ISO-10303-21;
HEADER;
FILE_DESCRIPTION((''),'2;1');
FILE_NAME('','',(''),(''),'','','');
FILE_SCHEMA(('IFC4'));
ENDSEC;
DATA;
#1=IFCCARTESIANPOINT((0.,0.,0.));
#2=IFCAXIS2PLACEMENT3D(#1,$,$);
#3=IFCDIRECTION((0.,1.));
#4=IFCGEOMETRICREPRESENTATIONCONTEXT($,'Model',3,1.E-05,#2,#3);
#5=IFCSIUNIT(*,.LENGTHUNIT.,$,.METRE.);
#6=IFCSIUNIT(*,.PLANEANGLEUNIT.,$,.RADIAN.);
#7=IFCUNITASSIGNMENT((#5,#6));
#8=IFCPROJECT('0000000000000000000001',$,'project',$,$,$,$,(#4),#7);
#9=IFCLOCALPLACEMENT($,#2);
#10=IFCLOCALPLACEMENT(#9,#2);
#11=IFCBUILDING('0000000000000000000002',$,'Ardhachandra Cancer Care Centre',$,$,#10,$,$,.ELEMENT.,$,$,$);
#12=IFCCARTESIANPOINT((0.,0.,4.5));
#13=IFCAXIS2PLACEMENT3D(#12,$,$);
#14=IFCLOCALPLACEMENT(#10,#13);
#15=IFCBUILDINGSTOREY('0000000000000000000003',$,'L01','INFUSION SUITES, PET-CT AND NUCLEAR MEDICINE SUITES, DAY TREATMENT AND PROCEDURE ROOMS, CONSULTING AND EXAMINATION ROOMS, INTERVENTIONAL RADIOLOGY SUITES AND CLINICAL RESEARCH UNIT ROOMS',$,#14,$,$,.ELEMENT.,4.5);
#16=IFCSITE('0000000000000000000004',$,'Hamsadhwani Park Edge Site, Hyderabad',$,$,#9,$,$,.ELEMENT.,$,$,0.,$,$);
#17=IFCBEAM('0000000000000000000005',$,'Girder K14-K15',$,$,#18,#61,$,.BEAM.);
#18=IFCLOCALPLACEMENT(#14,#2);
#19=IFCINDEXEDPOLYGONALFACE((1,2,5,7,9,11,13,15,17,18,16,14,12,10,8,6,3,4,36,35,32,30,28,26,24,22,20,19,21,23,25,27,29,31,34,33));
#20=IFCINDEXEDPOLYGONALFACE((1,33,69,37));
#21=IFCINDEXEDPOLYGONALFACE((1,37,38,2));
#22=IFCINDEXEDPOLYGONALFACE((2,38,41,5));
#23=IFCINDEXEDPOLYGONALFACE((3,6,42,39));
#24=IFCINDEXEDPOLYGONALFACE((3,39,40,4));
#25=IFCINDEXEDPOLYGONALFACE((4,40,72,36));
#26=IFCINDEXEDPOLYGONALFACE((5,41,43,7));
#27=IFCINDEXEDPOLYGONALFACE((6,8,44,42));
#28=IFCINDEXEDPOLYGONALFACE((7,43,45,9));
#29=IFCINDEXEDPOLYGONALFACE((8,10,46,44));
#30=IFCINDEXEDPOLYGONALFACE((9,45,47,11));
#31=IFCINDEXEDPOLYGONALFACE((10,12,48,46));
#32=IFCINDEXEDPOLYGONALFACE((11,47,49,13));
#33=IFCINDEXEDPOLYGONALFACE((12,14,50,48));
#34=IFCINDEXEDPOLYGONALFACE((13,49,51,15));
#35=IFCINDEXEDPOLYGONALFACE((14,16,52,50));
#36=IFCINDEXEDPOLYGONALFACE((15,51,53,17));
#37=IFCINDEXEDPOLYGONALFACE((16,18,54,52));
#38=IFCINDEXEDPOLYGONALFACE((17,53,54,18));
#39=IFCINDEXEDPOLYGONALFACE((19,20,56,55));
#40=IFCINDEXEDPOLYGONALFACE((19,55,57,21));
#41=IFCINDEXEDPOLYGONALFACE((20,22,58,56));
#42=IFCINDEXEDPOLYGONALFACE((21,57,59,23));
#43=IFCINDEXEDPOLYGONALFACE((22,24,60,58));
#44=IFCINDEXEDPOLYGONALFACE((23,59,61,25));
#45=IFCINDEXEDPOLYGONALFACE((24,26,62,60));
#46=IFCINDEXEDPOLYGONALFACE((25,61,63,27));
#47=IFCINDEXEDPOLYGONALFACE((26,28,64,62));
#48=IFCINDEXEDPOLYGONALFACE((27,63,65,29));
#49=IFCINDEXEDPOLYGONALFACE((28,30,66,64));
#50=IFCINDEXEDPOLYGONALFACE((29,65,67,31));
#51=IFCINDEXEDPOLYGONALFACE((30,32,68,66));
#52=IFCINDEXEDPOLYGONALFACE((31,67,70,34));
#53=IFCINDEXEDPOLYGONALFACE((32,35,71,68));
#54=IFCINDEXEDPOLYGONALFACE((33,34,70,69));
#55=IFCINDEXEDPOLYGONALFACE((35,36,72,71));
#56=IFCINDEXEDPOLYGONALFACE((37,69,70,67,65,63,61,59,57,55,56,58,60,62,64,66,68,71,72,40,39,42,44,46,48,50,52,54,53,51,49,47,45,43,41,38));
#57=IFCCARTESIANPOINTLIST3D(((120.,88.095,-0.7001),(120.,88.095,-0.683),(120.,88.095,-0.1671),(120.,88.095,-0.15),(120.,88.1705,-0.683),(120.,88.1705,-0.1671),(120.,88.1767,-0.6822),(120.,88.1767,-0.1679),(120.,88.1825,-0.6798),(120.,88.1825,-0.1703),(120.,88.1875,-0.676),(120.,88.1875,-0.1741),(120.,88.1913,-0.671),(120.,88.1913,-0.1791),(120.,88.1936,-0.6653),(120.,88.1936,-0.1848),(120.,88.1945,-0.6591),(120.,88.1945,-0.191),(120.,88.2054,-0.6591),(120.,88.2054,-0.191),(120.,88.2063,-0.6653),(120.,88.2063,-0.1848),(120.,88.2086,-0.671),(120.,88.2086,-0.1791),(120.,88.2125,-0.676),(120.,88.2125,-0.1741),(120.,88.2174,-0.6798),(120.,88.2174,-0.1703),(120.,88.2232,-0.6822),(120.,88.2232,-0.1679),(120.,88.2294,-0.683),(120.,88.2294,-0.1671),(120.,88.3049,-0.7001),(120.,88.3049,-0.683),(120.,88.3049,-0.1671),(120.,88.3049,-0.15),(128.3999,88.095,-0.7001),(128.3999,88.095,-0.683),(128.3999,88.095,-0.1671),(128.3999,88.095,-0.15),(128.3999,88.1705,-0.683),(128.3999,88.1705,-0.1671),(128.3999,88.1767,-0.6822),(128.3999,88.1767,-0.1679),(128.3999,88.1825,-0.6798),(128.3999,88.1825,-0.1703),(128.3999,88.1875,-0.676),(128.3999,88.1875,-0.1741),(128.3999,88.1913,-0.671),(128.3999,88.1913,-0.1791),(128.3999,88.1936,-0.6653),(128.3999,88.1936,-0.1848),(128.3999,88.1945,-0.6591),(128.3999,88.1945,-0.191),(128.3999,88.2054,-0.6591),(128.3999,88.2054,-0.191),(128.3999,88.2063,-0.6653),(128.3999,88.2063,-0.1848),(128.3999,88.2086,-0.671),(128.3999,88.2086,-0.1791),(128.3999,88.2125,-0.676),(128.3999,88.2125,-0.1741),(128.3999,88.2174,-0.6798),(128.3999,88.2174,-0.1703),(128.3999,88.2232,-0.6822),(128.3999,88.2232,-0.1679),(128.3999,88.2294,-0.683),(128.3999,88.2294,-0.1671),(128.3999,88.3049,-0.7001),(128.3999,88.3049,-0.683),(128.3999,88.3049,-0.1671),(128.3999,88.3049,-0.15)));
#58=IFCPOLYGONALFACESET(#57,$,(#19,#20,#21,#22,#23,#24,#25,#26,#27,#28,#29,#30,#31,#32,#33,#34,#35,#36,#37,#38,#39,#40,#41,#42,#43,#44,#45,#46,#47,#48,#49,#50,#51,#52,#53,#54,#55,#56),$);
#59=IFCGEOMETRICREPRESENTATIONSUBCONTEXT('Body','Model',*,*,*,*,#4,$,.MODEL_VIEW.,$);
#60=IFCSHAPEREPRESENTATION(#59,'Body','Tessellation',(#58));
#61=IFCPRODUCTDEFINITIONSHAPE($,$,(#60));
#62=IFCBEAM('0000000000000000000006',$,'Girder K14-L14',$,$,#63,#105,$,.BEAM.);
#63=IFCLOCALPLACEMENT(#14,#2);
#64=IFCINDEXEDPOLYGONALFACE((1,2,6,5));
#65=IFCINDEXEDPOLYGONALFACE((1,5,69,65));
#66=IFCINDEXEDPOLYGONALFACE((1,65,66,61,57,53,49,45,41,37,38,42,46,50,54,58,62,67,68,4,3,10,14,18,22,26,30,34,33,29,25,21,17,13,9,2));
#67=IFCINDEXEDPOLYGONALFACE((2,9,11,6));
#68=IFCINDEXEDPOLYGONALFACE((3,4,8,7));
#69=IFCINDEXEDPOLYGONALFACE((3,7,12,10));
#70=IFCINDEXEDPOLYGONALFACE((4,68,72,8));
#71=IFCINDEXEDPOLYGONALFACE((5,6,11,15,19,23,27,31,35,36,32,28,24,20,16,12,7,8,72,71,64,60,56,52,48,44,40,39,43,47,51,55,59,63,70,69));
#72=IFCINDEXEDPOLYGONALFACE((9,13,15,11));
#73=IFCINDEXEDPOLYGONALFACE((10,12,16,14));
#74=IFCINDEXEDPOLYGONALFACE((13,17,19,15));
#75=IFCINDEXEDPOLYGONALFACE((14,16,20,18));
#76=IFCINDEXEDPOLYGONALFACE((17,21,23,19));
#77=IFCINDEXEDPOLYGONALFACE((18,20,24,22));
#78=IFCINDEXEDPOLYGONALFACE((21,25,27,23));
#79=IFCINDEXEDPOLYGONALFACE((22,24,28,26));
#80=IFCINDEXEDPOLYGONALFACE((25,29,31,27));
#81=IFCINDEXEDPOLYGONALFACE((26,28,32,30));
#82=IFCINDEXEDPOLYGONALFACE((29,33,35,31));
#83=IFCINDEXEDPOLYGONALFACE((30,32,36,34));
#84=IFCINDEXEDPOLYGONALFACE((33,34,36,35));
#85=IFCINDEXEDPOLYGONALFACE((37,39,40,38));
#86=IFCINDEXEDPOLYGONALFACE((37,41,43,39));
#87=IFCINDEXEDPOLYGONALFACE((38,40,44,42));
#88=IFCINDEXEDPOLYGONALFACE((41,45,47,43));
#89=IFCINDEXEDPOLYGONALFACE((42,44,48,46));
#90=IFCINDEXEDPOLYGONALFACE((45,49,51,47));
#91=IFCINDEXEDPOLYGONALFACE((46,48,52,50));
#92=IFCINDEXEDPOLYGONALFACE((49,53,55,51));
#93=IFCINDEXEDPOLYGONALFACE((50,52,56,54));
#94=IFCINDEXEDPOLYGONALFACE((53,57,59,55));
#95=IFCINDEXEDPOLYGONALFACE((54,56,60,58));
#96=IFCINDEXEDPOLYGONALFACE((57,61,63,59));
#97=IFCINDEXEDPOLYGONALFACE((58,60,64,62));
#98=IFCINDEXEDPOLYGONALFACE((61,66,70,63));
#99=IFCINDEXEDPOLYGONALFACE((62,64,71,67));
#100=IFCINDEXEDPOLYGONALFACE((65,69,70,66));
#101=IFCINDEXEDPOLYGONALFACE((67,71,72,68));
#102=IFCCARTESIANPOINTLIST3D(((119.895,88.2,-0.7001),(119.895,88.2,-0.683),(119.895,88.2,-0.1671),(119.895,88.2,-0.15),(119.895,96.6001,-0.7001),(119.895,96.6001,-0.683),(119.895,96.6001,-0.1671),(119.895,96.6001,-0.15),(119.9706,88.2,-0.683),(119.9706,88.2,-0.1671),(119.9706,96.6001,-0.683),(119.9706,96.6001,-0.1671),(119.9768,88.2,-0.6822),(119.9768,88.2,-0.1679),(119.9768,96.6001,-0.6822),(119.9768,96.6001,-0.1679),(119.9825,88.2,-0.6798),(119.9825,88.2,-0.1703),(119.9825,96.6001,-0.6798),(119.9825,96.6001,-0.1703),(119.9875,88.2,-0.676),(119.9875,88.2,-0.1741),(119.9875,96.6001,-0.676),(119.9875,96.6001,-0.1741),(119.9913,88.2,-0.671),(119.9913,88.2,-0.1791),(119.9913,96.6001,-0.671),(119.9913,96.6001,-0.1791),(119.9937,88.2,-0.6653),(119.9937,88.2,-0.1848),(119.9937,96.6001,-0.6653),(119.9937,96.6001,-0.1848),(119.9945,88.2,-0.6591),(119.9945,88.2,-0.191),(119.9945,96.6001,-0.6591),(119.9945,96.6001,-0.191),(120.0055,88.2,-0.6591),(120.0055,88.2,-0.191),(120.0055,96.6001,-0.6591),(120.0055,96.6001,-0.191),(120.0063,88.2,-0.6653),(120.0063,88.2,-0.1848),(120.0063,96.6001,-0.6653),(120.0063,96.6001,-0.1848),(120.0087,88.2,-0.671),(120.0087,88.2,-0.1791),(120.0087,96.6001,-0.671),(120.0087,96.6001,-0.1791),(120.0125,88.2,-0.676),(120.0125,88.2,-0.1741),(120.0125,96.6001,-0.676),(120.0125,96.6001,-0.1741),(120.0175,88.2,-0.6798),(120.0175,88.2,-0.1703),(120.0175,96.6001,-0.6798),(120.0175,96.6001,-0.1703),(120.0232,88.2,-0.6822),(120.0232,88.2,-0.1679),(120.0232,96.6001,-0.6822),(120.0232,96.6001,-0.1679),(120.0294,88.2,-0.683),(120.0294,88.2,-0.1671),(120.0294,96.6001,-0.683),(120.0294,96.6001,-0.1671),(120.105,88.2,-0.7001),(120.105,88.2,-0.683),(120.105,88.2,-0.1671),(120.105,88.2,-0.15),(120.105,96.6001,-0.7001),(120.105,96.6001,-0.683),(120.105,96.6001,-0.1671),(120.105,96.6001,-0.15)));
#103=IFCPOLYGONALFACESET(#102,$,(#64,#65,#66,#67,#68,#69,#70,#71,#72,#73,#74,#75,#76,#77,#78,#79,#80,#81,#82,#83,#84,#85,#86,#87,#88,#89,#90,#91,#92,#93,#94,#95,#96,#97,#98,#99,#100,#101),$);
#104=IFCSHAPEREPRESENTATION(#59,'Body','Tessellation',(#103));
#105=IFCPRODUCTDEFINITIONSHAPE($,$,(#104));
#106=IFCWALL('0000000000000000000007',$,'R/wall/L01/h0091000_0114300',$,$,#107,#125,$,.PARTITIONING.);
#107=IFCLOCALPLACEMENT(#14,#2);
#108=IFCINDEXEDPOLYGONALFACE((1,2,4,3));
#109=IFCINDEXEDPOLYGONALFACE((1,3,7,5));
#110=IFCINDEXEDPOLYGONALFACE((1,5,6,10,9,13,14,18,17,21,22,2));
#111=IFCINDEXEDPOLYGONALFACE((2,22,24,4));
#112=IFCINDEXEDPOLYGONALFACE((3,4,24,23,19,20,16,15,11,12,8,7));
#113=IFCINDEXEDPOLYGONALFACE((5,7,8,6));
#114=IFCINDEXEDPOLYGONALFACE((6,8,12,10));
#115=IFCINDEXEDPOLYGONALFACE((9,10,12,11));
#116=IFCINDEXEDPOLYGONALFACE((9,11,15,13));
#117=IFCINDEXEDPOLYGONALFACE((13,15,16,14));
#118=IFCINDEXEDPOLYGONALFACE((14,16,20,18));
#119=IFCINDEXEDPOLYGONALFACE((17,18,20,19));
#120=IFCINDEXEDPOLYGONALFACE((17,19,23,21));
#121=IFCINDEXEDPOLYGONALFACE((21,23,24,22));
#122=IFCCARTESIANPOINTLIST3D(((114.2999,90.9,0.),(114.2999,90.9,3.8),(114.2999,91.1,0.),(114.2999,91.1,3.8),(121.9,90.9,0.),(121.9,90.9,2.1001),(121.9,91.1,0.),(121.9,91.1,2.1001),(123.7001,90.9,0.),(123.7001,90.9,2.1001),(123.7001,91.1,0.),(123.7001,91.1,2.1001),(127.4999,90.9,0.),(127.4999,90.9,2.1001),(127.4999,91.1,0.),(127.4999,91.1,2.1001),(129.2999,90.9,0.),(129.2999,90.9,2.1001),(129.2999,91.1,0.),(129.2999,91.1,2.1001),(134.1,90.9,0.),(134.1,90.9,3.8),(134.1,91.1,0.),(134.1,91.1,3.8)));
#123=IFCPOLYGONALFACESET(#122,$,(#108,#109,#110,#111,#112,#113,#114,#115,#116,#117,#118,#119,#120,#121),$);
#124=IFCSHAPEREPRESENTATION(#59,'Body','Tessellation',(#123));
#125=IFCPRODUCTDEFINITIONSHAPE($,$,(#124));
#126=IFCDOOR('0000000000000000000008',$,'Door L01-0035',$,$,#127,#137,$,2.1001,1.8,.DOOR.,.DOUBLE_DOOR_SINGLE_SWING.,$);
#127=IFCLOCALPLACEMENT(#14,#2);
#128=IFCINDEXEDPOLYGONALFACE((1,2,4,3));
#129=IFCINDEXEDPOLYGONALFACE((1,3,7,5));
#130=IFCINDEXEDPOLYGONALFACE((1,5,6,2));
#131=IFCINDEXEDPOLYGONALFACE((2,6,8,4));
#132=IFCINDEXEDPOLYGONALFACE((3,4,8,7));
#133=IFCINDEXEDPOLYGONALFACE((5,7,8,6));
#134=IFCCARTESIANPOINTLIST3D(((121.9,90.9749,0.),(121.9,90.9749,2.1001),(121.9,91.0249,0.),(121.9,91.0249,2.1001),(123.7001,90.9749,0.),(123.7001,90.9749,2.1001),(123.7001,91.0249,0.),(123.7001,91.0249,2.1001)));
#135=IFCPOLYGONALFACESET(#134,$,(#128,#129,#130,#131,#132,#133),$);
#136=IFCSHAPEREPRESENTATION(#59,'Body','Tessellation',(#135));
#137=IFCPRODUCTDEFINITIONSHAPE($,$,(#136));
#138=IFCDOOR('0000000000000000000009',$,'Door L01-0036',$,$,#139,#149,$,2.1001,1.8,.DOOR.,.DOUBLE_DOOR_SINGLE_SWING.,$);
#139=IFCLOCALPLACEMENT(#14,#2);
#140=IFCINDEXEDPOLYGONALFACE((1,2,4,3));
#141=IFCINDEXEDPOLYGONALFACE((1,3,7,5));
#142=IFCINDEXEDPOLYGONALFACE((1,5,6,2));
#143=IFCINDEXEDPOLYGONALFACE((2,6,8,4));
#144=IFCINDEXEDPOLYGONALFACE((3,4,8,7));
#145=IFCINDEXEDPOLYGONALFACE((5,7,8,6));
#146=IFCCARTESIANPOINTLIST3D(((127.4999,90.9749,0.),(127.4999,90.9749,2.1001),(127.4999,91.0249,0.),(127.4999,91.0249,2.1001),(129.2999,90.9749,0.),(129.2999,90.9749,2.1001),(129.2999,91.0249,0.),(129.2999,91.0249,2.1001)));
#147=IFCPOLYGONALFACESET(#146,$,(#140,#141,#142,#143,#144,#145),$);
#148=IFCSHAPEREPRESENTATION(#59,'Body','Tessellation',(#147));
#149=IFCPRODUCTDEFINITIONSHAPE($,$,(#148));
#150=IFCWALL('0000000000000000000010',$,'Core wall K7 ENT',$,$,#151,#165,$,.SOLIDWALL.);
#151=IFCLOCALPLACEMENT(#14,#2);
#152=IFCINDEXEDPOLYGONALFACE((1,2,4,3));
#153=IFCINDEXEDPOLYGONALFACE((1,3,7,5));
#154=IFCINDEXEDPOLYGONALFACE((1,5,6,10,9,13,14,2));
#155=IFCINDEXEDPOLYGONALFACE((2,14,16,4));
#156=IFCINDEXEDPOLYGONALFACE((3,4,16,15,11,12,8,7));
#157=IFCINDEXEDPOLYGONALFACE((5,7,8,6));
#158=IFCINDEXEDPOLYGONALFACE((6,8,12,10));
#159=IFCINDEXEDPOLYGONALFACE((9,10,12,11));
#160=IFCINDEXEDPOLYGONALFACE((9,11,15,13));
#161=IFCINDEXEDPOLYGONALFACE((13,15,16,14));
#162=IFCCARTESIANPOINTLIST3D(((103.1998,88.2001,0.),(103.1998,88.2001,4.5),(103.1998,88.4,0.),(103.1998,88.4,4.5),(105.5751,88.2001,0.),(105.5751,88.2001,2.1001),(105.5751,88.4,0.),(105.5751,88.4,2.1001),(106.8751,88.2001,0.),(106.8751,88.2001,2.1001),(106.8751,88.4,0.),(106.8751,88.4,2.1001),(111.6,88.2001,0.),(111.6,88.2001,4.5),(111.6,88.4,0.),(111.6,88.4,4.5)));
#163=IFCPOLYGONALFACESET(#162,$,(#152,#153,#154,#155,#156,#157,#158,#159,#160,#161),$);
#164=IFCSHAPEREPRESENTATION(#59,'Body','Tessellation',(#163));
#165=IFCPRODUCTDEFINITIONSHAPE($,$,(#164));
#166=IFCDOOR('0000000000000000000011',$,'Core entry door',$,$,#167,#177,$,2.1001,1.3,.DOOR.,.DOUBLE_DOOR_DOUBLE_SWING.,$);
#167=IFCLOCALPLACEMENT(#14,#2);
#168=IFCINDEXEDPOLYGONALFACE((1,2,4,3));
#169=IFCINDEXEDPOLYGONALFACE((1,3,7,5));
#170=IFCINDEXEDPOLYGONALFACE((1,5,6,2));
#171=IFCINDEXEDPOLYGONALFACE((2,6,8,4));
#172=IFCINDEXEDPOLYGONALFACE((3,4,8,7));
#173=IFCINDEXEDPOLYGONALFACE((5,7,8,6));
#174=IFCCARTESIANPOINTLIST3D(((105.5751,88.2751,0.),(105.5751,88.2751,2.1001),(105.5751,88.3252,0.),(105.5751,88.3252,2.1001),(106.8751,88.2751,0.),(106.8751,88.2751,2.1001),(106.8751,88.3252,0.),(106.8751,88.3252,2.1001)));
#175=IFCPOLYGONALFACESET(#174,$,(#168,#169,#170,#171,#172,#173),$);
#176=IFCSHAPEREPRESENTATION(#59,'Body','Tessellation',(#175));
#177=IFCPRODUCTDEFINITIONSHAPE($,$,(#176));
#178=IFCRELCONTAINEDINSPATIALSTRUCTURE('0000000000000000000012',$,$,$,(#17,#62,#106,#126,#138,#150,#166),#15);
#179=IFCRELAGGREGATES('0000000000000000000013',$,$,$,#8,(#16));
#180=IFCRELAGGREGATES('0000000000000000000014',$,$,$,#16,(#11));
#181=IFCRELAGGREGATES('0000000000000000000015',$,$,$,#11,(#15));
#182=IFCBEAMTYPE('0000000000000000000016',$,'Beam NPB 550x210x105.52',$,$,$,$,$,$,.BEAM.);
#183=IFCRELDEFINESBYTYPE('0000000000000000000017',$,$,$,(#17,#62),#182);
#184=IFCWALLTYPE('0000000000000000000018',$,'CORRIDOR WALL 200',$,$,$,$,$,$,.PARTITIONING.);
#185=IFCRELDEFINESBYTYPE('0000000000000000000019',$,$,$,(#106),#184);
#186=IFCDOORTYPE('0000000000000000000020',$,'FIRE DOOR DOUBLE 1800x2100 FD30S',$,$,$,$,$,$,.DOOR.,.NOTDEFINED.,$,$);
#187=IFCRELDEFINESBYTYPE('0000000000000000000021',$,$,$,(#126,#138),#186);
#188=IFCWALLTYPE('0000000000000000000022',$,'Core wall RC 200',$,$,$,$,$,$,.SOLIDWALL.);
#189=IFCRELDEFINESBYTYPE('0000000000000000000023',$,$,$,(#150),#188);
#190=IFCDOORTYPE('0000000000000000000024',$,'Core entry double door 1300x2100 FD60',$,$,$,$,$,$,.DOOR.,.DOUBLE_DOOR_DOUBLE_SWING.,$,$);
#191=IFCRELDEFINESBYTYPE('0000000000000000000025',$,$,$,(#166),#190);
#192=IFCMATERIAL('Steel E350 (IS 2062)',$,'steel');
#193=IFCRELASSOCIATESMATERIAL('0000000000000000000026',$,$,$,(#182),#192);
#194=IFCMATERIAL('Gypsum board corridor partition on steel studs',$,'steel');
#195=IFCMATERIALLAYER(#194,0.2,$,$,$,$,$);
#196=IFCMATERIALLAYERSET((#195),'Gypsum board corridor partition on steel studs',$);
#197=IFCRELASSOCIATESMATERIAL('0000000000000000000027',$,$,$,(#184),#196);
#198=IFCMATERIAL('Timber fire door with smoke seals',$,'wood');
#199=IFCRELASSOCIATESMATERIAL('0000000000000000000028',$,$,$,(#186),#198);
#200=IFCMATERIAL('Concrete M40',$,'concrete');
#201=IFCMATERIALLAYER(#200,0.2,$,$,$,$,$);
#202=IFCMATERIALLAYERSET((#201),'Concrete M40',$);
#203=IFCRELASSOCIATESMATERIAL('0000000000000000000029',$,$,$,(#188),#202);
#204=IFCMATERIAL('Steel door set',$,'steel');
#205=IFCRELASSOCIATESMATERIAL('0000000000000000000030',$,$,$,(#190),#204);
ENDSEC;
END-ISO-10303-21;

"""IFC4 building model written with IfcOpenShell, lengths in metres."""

from ifc_helpers import new_model, si_unit, direction, frame, frame_2d, origin, origin_2d, place, context, subcontext, project, spatial, rectangle, i_section, extrude, material, layer, layer_set, material_profile, profile_set, type_object, element, fill, save


model = new_model("IFC4")

# Units and contexts
model_context = context("Model", 3, precision=1e-05, world=origin(), true_north=direction((0.0, 1.0)))
body_context = subcontext(model_context, "Body", "Model", "MODEL_VIEW")
ifc_project = project(units=[si_unit("LENGTHUNIT", "METRE"), si_unit("PLANEANGLEUNIT", "RADIAN")], contexts=[model_context])

# Site, building, storey
site_placement = place(None, origin())
site = spatial("IfcSite", under=ifc_project, at=site_placement, Name="Hamsadhwani Park Edge Site, Hyderabad", CompositionType="ELEMENT", RefElevation=0.0)
building_placement = place(site_placement, origin())
building = spatial("IfcBuilding", under=site, at=building_placement, Name="Ardhachandra Cancer Care Centre", CompositionType="ELEMENT")
storey_placement = place(building_placement, frame((0.0, 0.0, 4.5)))
storey = spatial("IfcBuildingStorey", under=building, at=storey_placement, Name="L01", Description="INFUSION SUITES, PET-CT AND NUCLEAR MEDICINE SUITES, DAY TREATMENT AND PROCEDURE ROOMS, CONSULTING AND EXAMINATION ROOMS, INTERVENTIONAL RADIOLOGY SUITES AND CLINICAL RESEARCH UNIT ROOMS", CompositionType="ELEMENT", Elevation=4.5)

# Beams
ifc_material_1 = material(Name="Steel E350 (IS 2062)", Category="steel")
ifc_material_profile_1 = material_profile(ifc_material_1, i_section(OverallWidth=0.21, OverallDepth=0.55, WebThickness=0.011, FlangeThickness=0.0171, FilletRadius=0.0239, at=origin_2d()), Name="NPB 550x210x105.52")
ifc_profile_set_1 = profile_set([ifc_material_profile_1], Name="Steel E350 (IS 2062)")
beam_type_1 = type_object("IfcBeamType", Name="Beam NPB 550x210x105.52", PredefinedType="BEAM", material=ifc_profile_set_1)
for number, where, z_axis, x_axis, name in (
    (1, (120.0, 88.2, -0.425), (1.0, 0.0, 0.0), (0.0, 1.0, 0.0), "Girder K14-K15"),
):
    element("IfcBeam", number, at=place(storey_placement, frame(where, z_axis=z_axis, x_axis=x_axis)), inside=storey, type_object=beam_type_1, Name=name, PredefinedType="BEAM", context=body_context, shape_type="SweptSolid", body=[
        extrude(i_section(OverallWidth=0.21, OverallDepth=0.55, WebThickness=0.011, FlangeThickness=0.0171, FilletRadius=0.0239, at=origin_2d()), origin(), (0.0, 0.0, 1.0), 8.3999),
    ])
beam_placement = place(storey_placement, frame((120.0, 88.2, -0.425), z_axis=(0.0, 1.0, 0.0), x_axis=(-1.0, 0.0, 0.0)))
element("IfcBeam", 2, at=beam_placement, inside=storey, type_object=beam_type_1, Name="Girder K14-L14", PredefinedType="BEAM", context=body_context, shape_type="SweptSolid", body=[
    extrude(i_section(OverallWidth=0.21, OverallDepth=0.55, WebThickness=0.011, FlangeThickness=0.0171, FilletRadius=0.0239, at=origin_2d()), origin(), (0.0, 0.0, 1.0), 8.4001),
])

# Wall, openings, doors
ifc_material_2 = material(Name="Gypsum board corridor partition on steel studs", Category="steel")
ifc_layer_1 = layer(ifc_material_2, 0.2)
ifc_layer_set_1 = layer_set([ifc_layer_1], Name="Gypsum board corridor partition on steel studs")
wall_type_1 = type_object("IfcWallType", Name="CORRIDOR WALL 200", PredefinedType="PARTITIONING", material=ifc_layer_set_1)
wall_1_placement = place(storey_placement, frame((114.3, 91.0, 0.0), z_axis=(0.0, 0.0, 1.0), x_axis=(1.0, 0.0, 0.0)))
wall_1 = element("IfcWall", 3, at=wall_1_placement, inside=storey, type_object=wall_type_1, Name="R/wall/L01/h0091000_0114300", PredefinedType="PARTITIONING", context=body_context, shape_type="SweptSolid", body=[
    extrude(rectangle(XDim=19.8, YDim=0.2, at=frame_2d((9.8999, 0.0))), origin(), (0.0, 0.0, 1.0), 3.8),
])
opening_1_placement = place(wall_1_placement, frame((7.6001, 0.0, 0.0)))
opening_1 = element("IfcOpeningElement", 4, at=opening_1_placement, cuts=wall_1, PredefinedType="OPENING", context=body_context, shape_type="SweptSolid", body=[
    extrude(rectangle(XDim=1.8, YDim=2.1001, at=frame_2d((0.8999, 1.05))), frame((0.0, 0.1099, 0.0), z_axis=(0.0, -1.0, 0.0), x_axis=(1.0, 0.0, 0.0)), (0.0, 0.0, 1.0), 0.22),
])
opening_2_placement = place(wall_1_placement, frame((13.2, 0.0, 0.0)))
opening_2 = element("IfcOpeningElement", 5, at=opening_2_placement, cuts=wall_1, PredefinedType="OPENING", context=body_context, shape_type="SweptSolid", body=[
    extrude(rectangle(XDim=1.8, YDim=2.1001, at=frame_2d((0.8999, 1.05))), frame((0.0, 0.1099, 0.0), z_axis=(0.0, -1.0, 0.0), x_axis=(1.0, 0.0, 0.0)), (0.0, 0.0, 1.0), 0.22),
])
ifc_material_3 = material(Name="Timber fire door with smoke seals", Category="wood")
door_type_1 = type_object("IfcDoorType", Name="FIRE DOOR DOUBLE 1800x2100 FD30S", OperationType="NOTDEFINED", PredefinedType="DOOR", material=ifc_material_3)
door_1_placement = place(opening_1_placement, origin())
door_1 = element("IfcDoor", 6, at=door_1_placement, inside=storey, type_object=door_type_1, Name="Door L01-0035", OperationType="DOUBLE_DOOR_SINGLE_SWING", OverallHeight=2.1001, OverallWidth=1.8, PredefinedType="DOOR", context=body_context, shape_type="SweptSolid", body=[
    extrude(rectangle(XDim=1.8, YDim=2.1001, at=frame_2d((0.8999, 1.05))), frame((0.0, 0.0249, 0.0), z_axis=(0.0, -1.0, 0.0), x_axis=(1.0, 0.0, 0.0)), (0.0, 0.0, 1.0), 0.05),
])
fill(opening_1, door_1)
door_2_placement = place(opening_2_placement, origin())
door_2 = element("IfcDoor", 7, at=door_2_placement, inside=storey, type_object=door_type_1, Name="Door L01-0036", OperationType="DOUBLE_DOOR_SINGLE_SWING", OverallHeight=2.1001, OverallWidth=1.8, PredefinedType="DOOR", context=body_context, shape_type="SweptSolid", body=[
    extrude(rectangle(XDim=1.8, YDim=2.1001, at=frame_2d((0.8999, 1.05))), frame((0.0, 0.0249, 0.0), z_axis=(0.0, -1.0, 0.0), x_axis=(1.0, 0.0, 0.0)), (0.0, 0.0, 1.0), 0.05),
])
fill(opening_2, door_2)

# Wall, opening, door
ifc_material_4 = material(Name="Concrete M40", Category="concrete")
ifc_layer_2 = layer(ifc_material_4, 0.2)
ifc_layer_set_2 = layer_set([ifc_layer_2], Name="Concrete M40")
wall_type_2 = type_object("IfcWallType", Name="Core wall RC 200", PredefinedType="SOLIDWALL", material=ifc_layer_set_2)
wall_2_placement = place(storey_placement, frame((111.6001, 88.3, 0.0), z_axis=(0.0, 0.0, 1.0), x_axis=(-1.0, 0.0, 0.0)))
wall_2 = element("IfcWall", 8, at=wall_2_placement, inside=storey, type_object=wall_type_2, Name="Core wall K7 ENT", PredefinedType="SOLIDWALL", context=body_context, shape_type="SweptSolid", body=[
    extrude(rectangle(XDim=8.4001, YDim=0.2, at=frame_2d((4.2002, 0.0))), origin(), (0.0, 0.0, 1.0), 4.5),
])
opening_3_placement = place(wall_2_placement, frame((4.7251, 0.0, 0.0)))
opening_3 = element("IfcOpeningElement", 9, at=opening_3_placement, cuts=wall_2, PredefinedType="OPENING", context=body_context, shape_type="SweptSolid", body=[
    extrude(rectangle(XDim=1.3, YDim=2.1001, at=frame_2d((0.6499, 1.05))), frame((0.0, 0.1099, 0.0), z_axis=(0.0, -1.0, 0.0), x_axis=(1.0, 0.0, 0.0)), (0.0, 0.0, 1.0), 0.22),
])
ifc_material_5 = material(Name="Steel door set", Category="steel")
door_type_2 = type_object("IfcDoorType", Name="Core entry double door 1300x2100 FD60", OperationType="DOUBLE_DOOR_DOUBLE_SWING", PredefinedType="DOOR", material=ifc_material_5)
door_3_placement = place(opening_3_placement, origin())
door_3 = element("IfcDoor", 10, at=door_3_placement, inside=storey, type_object=door_type_2, Name="Core entry door", OperationType="DOUBLE_DOOR_DOUBLE_SWING", OverallHeight=2.1001, OverallWidth=1.3, PredefinedType="DOOR", context=body_context, shape_type="SweptSolid", body=[
    extrude(rectangle(XDim=1.3, YDim=2.1001, at=frame_2d((0.6499, 1.05))), frame((0.0, 0.0249, 0.0), z_axis=(0.0, -1.0, 0.0), x_axis=(1.0, 0.0, 0.0)), (0.0, 0.0, 1.0), 0.05),
])
fill(opening_3, door_3)

save(model, "model.ifc")
